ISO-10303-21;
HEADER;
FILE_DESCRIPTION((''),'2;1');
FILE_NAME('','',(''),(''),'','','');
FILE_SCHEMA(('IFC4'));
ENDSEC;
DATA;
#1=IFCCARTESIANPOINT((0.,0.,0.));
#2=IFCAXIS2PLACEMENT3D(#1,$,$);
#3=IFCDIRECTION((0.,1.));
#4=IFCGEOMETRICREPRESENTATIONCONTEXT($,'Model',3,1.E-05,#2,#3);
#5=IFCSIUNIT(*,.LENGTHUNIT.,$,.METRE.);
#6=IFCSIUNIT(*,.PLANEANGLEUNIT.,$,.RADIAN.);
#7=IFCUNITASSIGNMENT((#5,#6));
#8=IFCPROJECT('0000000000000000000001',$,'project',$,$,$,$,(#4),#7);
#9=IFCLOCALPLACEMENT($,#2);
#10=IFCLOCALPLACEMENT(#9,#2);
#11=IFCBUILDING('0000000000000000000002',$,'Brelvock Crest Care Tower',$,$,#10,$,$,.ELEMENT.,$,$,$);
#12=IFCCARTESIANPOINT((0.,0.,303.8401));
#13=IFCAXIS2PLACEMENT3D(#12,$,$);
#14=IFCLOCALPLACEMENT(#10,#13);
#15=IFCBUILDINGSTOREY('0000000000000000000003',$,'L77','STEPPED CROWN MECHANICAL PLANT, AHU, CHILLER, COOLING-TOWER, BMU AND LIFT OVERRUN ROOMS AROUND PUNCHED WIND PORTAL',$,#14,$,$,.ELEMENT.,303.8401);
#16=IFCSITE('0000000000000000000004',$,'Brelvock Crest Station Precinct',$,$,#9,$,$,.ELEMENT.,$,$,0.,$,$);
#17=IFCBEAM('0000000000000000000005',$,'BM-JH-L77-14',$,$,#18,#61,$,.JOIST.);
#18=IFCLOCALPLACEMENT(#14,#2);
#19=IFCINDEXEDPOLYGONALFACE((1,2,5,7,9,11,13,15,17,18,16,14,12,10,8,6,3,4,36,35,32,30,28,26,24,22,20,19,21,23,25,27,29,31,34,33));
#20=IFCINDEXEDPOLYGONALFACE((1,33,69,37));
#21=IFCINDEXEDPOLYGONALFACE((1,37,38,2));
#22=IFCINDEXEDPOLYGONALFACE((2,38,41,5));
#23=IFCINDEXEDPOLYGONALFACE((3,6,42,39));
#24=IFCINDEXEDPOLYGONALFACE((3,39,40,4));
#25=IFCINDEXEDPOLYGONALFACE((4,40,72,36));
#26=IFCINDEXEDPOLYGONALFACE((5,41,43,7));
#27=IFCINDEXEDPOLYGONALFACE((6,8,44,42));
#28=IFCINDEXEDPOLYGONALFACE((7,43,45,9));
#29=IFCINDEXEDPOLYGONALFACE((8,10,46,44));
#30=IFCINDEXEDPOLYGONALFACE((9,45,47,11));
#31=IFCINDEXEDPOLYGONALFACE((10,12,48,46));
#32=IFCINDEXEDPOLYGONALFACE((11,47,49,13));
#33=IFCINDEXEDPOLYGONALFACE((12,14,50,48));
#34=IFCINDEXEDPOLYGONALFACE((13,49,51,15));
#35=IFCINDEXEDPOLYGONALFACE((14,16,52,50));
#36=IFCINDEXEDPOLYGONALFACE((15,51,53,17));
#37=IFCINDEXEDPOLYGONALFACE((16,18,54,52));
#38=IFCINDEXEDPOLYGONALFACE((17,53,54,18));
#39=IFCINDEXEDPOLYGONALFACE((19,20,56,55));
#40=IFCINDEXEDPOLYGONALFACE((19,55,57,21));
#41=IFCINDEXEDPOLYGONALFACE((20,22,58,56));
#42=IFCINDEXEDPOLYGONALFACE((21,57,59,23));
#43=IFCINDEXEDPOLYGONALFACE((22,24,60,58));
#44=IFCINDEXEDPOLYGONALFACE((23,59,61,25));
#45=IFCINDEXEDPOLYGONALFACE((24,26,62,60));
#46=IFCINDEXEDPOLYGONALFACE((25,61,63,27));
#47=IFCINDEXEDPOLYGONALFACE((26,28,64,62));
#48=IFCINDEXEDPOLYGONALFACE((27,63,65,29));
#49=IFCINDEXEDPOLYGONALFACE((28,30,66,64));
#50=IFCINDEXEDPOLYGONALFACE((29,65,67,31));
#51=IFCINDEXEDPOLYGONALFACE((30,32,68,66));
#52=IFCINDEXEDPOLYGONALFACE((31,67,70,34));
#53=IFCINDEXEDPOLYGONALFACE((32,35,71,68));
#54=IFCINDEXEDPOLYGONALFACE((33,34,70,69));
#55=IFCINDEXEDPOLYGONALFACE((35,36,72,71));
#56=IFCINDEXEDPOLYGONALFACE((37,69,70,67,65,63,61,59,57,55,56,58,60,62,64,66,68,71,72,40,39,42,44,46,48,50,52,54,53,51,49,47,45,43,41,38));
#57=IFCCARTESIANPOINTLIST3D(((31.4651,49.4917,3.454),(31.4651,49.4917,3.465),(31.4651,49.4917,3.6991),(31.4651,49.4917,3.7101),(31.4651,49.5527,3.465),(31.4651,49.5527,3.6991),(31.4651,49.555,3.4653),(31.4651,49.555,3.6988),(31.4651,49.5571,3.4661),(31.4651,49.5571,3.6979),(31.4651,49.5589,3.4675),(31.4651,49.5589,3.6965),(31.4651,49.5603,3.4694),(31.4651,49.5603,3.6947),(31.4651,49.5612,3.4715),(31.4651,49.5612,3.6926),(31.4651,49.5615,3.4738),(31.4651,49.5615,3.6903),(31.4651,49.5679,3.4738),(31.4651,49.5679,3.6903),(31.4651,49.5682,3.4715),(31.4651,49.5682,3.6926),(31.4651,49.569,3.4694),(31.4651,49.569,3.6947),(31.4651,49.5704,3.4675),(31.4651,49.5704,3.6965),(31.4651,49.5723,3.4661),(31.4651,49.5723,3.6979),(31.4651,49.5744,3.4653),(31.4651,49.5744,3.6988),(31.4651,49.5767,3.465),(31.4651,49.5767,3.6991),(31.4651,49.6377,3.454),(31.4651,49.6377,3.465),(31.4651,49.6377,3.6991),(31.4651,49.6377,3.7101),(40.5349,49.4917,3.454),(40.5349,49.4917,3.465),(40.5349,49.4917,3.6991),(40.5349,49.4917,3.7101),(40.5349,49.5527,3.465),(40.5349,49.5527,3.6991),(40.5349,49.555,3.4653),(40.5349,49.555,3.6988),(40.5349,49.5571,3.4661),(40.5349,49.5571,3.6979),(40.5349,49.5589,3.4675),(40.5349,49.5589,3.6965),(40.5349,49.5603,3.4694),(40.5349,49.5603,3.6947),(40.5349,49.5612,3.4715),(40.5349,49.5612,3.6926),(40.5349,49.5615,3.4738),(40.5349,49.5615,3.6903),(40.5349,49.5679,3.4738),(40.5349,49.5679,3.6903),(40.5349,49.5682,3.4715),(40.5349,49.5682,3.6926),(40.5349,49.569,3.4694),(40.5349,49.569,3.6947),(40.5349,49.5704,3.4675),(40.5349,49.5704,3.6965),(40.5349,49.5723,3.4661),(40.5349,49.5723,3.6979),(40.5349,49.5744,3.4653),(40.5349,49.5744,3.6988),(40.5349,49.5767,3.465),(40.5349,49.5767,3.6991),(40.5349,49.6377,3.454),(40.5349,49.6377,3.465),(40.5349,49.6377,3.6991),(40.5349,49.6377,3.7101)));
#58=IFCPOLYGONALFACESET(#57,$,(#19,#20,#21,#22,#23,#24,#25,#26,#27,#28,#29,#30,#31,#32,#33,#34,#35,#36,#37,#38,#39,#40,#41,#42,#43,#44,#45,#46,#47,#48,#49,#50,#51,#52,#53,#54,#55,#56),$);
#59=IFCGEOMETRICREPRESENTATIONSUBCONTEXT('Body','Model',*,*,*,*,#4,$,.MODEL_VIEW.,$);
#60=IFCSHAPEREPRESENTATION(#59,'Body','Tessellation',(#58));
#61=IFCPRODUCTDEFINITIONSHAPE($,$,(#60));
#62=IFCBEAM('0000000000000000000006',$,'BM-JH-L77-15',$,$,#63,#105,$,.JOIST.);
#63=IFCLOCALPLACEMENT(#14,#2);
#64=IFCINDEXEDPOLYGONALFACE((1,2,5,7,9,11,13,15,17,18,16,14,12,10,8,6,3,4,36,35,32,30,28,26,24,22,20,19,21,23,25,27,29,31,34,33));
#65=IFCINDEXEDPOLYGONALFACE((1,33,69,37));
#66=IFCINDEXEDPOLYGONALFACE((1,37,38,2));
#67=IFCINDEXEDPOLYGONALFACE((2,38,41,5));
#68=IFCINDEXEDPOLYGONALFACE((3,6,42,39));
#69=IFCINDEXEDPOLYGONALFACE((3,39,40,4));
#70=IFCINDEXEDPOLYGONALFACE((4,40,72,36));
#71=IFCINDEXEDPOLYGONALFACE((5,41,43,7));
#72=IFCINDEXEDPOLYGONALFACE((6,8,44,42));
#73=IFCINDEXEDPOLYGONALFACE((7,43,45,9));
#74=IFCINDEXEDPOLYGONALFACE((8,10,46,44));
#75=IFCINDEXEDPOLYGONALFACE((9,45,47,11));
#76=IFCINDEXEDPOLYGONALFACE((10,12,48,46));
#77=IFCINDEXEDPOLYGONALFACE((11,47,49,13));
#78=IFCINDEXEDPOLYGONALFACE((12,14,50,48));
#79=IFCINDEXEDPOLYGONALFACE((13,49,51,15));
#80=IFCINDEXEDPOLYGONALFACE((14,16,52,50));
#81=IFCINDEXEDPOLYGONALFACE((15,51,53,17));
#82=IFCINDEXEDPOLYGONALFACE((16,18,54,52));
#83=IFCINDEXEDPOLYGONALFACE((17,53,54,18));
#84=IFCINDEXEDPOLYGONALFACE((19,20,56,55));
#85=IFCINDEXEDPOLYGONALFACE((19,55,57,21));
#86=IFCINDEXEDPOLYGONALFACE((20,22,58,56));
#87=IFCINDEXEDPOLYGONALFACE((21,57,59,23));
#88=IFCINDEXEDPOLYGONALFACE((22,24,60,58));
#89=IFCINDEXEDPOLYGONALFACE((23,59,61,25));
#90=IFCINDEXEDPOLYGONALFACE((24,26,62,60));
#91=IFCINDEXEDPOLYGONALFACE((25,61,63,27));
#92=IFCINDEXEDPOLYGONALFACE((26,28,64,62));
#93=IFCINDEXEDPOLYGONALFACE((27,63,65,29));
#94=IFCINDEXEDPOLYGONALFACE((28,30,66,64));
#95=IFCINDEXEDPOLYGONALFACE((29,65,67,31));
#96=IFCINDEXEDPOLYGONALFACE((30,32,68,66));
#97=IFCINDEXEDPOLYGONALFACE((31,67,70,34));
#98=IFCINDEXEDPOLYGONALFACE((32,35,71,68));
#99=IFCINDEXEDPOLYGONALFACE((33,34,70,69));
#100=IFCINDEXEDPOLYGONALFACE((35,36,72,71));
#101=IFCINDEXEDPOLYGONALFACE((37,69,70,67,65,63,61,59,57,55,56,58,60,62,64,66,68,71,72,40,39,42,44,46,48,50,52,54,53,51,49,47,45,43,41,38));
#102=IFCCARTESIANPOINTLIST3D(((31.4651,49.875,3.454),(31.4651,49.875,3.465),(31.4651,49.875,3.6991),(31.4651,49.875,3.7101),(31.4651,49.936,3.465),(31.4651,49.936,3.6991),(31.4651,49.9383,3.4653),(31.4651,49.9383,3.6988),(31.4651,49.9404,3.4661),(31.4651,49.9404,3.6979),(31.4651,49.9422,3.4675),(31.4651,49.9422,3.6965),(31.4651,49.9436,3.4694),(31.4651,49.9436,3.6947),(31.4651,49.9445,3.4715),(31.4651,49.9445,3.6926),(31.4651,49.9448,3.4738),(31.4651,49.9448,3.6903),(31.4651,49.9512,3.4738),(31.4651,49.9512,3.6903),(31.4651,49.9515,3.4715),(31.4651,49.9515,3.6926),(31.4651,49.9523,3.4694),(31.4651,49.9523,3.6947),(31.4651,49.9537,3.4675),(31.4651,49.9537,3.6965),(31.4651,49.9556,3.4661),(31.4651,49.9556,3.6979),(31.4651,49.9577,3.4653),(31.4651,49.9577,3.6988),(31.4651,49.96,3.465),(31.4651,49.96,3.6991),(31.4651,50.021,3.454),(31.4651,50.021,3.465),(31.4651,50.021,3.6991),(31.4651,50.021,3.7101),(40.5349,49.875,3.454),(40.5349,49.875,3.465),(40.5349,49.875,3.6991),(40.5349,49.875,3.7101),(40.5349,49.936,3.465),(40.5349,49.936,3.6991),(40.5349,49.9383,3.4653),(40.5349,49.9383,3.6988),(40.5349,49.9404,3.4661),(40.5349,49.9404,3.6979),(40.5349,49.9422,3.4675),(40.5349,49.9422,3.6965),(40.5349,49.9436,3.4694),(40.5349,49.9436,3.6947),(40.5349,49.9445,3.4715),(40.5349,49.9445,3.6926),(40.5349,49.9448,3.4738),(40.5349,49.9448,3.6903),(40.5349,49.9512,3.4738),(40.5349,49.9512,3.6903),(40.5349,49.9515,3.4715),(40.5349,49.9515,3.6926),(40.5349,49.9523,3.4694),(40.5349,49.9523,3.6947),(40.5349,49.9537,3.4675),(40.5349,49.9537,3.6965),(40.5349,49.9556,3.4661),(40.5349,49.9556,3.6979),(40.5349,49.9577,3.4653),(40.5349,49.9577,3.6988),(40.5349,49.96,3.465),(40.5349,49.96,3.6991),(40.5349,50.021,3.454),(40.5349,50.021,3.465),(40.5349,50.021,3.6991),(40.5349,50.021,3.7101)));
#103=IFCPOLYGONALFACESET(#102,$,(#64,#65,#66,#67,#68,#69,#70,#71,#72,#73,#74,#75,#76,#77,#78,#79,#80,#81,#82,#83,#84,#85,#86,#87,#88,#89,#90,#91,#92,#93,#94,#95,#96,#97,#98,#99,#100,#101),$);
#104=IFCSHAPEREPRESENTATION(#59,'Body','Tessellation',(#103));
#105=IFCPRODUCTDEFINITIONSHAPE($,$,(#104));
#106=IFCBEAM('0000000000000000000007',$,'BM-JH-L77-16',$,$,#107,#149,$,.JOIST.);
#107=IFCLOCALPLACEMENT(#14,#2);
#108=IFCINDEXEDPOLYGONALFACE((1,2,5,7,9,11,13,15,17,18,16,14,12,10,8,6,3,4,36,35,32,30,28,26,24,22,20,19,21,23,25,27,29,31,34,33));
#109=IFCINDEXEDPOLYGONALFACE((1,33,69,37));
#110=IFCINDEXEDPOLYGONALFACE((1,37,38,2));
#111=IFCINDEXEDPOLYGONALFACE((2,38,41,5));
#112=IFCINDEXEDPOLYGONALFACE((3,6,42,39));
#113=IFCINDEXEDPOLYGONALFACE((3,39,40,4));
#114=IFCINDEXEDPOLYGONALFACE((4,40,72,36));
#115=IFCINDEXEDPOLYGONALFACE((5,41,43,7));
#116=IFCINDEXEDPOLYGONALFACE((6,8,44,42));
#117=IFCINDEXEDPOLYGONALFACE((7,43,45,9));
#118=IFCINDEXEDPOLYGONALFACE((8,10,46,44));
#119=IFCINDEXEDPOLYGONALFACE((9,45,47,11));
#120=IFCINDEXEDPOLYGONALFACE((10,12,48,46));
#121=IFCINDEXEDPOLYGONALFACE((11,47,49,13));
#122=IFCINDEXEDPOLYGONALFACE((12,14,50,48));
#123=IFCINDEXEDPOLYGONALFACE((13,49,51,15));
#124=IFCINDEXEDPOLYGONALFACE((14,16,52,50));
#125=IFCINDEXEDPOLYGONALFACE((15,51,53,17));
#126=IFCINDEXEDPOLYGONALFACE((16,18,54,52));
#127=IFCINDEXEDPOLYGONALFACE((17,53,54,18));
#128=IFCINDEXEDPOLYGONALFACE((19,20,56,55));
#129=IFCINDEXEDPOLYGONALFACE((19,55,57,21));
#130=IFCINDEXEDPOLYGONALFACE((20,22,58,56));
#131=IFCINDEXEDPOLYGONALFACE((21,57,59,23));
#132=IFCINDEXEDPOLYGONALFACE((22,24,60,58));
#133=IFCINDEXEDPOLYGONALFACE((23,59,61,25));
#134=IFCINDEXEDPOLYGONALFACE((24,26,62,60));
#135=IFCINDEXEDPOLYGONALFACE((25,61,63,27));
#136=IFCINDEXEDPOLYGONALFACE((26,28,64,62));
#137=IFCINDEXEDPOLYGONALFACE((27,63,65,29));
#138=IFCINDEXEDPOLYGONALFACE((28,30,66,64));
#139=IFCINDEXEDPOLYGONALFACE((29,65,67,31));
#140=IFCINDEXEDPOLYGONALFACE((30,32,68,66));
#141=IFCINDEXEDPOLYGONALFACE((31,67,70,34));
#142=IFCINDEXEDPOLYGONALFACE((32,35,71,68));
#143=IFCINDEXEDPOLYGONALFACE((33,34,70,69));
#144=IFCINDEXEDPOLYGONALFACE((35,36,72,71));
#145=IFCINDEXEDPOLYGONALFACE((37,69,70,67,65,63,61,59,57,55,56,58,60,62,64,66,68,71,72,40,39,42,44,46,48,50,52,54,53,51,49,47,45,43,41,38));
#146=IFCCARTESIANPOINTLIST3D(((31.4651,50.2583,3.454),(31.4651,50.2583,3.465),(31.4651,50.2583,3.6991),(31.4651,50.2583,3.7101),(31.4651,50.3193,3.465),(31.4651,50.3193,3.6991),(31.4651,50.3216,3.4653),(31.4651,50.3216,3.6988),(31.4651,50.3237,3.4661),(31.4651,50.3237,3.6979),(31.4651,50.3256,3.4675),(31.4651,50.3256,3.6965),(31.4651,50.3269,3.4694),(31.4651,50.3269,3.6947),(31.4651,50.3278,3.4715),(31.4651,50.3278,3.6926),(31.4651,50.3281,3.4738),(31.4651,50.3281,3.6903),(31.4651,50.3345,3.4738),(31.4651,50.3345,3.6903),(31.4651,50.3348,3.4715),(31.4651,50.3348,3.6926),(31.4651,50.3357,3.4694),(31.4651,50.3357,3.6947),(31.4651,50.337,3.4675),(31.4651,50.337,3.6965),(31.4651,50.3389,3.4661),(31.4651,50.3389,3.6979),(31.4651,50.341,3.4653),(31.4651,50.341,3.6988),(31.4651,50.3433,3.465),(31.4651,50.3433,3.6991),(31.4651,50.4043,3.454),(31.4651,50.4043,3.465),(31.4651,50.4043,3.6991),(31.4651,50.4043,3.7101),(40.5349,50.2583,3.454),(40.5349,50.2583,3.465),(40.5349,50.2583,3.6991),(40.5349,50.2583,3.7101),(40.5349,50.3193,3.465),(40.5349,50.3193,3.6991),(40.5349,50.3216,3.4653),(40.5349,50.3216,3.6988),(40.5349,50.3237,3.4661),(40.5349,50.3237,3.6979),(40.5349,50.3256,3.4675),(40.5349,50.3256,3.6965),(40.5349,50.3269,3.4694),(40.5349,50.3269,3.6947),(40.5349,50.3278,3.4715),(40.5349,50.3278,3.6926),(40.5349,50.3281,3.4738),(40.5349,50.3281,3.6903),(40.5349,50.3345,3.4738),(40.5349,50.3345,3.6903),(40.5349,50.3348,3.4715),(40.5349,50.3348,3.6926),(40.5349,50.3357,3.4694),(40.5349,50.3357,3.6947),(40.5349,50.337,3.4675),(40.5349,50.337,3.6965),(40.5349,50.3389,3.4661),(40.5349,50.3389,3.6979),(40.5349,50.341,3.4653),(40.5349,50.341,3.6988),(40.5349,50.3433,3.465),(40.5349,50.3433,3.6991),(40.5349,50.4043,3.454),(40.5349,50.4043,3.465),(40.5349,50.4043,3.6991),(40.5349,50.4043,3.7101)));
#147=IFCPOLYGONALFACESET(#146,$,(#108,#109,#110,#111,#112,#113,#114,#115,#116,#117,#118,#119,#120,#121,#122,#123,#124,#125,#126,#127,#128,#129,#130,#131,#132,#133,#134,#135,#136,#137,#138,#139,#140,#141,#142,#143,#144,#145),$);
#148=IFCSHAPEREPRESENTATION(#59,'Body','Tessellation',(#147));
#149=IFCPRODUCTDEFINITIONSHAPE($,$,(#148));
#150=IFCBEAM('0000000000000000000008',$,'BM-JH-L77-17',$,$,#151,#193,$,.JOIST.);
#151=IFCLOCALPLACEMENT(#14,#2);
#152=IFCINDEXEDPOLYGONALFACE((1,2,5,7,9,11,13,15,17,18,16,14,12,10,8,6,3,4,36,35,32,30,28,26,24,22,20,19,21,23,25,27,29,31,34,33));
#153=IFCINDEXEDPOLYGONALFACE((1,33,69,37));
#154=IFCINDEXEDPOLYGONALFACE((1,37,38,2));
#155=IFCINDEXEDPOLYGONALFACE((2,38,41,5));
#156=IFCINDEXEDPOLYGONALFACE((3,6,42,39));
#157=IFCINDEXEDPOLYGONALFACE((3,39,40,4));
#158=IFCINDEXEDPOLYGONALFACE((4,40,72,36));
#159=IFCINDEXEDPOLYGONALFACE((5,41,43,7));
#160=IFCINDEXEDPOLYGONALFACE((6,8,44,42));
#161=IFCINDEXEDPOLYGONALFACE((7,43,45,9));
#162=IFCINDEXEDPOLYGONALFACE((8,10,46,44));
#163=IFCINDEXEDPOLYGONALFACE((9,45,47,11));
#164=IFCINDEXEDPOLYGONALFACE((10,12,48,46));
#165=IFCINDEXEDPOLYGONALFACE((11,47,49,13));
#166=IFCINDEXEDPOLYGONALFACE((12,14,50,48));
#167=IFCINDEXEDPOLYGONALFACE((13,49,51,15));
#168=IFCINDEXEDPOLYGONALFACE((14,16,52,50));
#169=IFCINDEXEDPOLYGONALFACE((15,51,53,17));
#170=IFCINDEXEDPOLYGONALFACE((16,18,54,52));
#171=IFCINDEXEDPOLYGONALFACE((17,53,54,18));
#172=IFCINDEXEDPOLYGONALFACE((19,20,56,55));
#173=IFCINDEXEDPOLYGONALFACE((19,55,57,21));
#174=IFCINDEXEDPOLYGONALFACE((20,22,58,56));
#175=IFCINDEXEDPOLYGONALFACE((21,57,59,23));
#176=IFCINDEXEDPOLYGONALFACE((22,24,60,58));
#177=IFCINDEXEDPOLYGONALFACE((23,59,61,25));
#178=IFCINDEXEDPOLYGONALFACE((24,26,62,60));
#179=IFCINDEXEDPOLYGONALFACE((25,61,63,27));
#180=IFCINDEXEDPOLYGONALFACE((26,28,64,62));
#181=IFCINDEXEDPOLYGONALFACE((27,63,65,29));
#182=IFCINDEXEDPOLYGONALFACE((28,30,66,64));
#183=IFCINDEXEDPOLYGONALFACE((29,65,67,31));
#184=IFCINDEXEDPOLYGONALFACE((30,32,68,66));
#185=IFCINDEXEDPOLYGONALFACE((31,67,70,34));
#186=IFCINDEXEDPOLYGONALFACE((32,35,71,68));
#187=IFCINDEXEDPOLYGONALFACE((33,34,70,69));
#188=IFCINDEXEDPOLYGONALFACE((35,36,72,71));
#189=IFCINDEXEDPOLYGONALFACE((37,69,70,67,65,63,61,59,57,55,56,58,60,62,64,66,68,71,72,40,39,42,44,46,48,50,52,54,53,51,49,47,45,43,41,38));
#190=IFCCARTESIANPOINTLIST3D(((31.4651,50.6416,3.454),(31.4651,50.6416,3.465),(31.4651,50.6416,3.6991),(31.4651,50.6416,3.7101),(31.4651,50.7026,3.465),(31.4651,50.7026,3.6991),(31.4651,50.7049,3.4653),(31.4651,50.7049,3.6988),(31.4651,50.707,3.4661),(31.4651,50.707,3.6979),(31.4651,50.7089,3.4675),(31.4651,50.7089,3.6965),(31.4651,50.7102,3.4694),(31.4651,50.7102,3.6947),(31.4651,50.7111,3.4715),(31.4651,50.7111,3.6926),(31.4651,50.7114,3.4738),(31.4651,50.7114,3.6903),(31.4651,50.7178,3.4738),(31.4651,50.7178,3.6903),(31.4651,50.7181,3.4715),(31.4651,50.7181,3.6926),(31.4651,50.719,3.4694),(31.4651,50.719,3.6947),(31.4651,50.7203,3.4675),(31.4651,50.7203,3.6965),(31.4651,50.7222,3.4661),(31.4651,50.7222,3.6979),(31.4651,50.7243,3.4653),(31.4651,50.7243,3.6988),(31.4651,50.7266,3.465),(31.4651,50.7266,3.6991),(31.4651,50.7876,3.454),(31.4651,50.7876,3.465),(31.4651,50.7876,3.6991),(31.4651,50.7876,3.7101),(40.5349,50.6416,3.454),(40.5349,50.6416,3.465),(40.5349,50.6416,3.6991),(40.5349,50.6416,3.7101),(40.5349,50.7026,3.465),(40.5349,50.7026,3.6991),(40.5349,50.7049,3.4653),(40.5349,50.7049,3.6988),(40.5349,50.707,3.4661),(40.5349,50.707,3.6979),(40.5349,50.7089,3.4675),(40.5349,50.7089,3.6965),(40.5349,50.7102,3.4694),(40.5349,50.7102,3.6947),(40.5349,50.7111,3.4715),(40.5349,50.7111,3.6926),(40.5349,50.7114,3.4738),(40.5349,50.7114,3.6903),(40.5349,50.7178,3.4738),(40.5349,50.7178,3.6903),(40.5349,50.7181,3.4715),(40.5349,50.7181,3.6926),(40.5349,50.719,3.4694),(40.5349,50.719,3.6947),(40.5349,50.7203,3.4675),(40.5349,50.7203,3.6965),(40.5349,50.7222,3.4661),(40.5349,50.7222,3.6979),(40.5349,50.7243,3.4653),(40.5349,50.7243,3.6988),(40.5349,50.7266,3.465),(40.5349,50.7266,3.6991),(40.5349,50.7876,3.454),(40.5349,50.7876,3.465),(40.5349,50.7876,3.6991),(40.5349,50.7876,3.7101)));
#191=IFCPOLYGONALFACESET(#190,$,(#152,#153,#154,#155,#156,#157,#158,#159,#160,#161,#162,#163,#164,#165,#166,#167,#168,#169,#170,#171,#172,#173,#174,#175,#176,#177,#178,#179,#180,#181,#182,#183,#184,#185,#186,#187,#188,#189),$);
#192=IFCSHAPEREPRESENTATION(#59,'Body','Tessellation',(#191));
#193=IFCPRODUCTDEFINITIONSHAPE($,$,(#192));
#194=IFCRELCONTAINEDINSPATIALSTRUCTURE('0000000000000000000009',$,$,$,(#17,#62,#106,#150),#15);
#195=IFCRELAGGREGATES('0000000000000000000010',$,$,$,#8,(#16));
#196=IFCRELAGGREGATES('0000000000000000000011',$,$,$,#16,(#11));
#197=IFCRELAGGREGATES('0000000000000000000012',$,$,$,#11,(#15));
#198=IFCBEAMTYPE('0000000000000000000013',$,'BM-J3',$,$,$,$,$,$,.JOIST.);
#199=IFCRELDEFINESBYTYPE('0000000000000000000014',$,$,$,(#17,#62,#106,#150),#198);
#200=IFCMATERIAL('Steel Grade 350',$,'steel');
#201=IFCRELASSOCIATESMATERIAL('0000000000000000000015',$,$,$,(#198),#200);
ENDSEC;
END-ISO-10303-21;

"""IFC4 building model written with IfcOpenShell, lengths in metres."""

from ifc_helpers import new_model, si_unit, direction, frame, origin, origin_2d, place, context, subcontext, project, spatial, i_section, extrude, source, transform, mapped, material, material_profile, profile_set, type_object, element, save


model = new_model("IFC4")

# Units and contexts
model_context = context("Model", 3, precision=1e-05, world=origin(), true_north=direction((0.0, 1.0)))
body_context = subcontext(model_context, "Body", "Model", "MODEL_VIEW")
ifc_project = project(units=[si_unit("LENGTHUNIT", "METRE"), si_unit("PLANEANGLEUNIT", "RADIAN")], contexts=[model_context])

# Site, building, storey
site_placement = place(None, origin())
site = spatial("IfcSite", under=ifc_project, at=site_placement, Name="Brelvock Crest Station Precinct", CompositionType="ELEMENT", RefElevation=0.0)
building_placement = place(site_placement, origin())
building = spatial("IfcBuilding", under=site, at=building_placement, Name="Brelvock Crest Care Tower", CompositionType="ELEMENT")
storey_placement = place(building_placement, frame((0.0, 0.0, 303.8401)))
storey = spatial("IfcBuildingStorey", under=building, at=storey_placement, Name="L77", Description="STEPPED CROWN MECHANICAL PLANT, AHU, CHILLER, COOLING-TOWER, BMU AND LIFT OVERRUN ROOMS AROUND PUNCHED WIND PORTAL", CompositionType="ELEMENT", Elevation=303.8401)

# Shared definitions
ifc_material_1 = material(Name="Steel Grade 350", Category="steel")

# Beams
ifc_material_profile_1 = material_profile(ifc_material_1, i_section(OverallWidth=0.146, OverallDepth=0.2561, WebThickness=0.0063, FlangeThickness=0.011, FilletRadius=0.0088, at=origin_2d()), Name="250UB37.3")
ifc_profile_set_1 = profile_set([ifc_material_profile_1], Name="Steel Grade 350")
beam_type_1 = type_object("IfcBeamType", Name="BM-J3", PredefinedType="JOIST", material=ifc_profile_set_1)
shared_shape_1 = source(origin(), body_context, "Body", "SweptSolid", [
    extrude(i_section(OverallWidth=0.146, OverallDepth=0.2561, WebThickness=0.0063, FlangeThickness=0.011, FilletRadius=0.0088, at=origin_2d()), origin(), (0.0, 0.0, 1.0), 9.0698),
])
for number, where, z_axis, x_axis, name in (
    (1, (31.4651, 49.5647, 3.582), (1.0, 0.0, 0.0), (0.0, 1.0, 0.0), "BM-JH-L77-14"),
    (2, (31.4651, 49.948, 3.582), (1.0, 0.0, 0.0), (0.0, 1.0, 0.0), "BM-JH-L77-15"),
    (3, (31.4651, 50.3313, 3.582), (1.0, 0.0, 0.0), (0.0, 1.0, 0.0), "BM-JH-L77-16"),
    (4, (31.4651, 50.7146, 3.582), (1.0, 0.0, 0.0), (0.0, 1.0, 0.0), "BM-JH-L77-17"),
):
    element("IfcBeam", number, at=place(storey_placement, frame(where, z_axis=z_axis, x_axis=x_axis)), inside=storey, type_object=beam_type_1, Name=name, PredefinedType="JOIST", context=body_context, shape_type="MappedRepresentation", body=[
        mapped(shared_shape_1, transform((0.0, 0.0, 0.0), x_axis=(1.0, 0.0, 0.0), y_axis=(0.0, 1.0, 0.0), z_axis=(0.0, 0.0, 1.0), scale=1.0)),
    ])

save(model, "model.ifc")
